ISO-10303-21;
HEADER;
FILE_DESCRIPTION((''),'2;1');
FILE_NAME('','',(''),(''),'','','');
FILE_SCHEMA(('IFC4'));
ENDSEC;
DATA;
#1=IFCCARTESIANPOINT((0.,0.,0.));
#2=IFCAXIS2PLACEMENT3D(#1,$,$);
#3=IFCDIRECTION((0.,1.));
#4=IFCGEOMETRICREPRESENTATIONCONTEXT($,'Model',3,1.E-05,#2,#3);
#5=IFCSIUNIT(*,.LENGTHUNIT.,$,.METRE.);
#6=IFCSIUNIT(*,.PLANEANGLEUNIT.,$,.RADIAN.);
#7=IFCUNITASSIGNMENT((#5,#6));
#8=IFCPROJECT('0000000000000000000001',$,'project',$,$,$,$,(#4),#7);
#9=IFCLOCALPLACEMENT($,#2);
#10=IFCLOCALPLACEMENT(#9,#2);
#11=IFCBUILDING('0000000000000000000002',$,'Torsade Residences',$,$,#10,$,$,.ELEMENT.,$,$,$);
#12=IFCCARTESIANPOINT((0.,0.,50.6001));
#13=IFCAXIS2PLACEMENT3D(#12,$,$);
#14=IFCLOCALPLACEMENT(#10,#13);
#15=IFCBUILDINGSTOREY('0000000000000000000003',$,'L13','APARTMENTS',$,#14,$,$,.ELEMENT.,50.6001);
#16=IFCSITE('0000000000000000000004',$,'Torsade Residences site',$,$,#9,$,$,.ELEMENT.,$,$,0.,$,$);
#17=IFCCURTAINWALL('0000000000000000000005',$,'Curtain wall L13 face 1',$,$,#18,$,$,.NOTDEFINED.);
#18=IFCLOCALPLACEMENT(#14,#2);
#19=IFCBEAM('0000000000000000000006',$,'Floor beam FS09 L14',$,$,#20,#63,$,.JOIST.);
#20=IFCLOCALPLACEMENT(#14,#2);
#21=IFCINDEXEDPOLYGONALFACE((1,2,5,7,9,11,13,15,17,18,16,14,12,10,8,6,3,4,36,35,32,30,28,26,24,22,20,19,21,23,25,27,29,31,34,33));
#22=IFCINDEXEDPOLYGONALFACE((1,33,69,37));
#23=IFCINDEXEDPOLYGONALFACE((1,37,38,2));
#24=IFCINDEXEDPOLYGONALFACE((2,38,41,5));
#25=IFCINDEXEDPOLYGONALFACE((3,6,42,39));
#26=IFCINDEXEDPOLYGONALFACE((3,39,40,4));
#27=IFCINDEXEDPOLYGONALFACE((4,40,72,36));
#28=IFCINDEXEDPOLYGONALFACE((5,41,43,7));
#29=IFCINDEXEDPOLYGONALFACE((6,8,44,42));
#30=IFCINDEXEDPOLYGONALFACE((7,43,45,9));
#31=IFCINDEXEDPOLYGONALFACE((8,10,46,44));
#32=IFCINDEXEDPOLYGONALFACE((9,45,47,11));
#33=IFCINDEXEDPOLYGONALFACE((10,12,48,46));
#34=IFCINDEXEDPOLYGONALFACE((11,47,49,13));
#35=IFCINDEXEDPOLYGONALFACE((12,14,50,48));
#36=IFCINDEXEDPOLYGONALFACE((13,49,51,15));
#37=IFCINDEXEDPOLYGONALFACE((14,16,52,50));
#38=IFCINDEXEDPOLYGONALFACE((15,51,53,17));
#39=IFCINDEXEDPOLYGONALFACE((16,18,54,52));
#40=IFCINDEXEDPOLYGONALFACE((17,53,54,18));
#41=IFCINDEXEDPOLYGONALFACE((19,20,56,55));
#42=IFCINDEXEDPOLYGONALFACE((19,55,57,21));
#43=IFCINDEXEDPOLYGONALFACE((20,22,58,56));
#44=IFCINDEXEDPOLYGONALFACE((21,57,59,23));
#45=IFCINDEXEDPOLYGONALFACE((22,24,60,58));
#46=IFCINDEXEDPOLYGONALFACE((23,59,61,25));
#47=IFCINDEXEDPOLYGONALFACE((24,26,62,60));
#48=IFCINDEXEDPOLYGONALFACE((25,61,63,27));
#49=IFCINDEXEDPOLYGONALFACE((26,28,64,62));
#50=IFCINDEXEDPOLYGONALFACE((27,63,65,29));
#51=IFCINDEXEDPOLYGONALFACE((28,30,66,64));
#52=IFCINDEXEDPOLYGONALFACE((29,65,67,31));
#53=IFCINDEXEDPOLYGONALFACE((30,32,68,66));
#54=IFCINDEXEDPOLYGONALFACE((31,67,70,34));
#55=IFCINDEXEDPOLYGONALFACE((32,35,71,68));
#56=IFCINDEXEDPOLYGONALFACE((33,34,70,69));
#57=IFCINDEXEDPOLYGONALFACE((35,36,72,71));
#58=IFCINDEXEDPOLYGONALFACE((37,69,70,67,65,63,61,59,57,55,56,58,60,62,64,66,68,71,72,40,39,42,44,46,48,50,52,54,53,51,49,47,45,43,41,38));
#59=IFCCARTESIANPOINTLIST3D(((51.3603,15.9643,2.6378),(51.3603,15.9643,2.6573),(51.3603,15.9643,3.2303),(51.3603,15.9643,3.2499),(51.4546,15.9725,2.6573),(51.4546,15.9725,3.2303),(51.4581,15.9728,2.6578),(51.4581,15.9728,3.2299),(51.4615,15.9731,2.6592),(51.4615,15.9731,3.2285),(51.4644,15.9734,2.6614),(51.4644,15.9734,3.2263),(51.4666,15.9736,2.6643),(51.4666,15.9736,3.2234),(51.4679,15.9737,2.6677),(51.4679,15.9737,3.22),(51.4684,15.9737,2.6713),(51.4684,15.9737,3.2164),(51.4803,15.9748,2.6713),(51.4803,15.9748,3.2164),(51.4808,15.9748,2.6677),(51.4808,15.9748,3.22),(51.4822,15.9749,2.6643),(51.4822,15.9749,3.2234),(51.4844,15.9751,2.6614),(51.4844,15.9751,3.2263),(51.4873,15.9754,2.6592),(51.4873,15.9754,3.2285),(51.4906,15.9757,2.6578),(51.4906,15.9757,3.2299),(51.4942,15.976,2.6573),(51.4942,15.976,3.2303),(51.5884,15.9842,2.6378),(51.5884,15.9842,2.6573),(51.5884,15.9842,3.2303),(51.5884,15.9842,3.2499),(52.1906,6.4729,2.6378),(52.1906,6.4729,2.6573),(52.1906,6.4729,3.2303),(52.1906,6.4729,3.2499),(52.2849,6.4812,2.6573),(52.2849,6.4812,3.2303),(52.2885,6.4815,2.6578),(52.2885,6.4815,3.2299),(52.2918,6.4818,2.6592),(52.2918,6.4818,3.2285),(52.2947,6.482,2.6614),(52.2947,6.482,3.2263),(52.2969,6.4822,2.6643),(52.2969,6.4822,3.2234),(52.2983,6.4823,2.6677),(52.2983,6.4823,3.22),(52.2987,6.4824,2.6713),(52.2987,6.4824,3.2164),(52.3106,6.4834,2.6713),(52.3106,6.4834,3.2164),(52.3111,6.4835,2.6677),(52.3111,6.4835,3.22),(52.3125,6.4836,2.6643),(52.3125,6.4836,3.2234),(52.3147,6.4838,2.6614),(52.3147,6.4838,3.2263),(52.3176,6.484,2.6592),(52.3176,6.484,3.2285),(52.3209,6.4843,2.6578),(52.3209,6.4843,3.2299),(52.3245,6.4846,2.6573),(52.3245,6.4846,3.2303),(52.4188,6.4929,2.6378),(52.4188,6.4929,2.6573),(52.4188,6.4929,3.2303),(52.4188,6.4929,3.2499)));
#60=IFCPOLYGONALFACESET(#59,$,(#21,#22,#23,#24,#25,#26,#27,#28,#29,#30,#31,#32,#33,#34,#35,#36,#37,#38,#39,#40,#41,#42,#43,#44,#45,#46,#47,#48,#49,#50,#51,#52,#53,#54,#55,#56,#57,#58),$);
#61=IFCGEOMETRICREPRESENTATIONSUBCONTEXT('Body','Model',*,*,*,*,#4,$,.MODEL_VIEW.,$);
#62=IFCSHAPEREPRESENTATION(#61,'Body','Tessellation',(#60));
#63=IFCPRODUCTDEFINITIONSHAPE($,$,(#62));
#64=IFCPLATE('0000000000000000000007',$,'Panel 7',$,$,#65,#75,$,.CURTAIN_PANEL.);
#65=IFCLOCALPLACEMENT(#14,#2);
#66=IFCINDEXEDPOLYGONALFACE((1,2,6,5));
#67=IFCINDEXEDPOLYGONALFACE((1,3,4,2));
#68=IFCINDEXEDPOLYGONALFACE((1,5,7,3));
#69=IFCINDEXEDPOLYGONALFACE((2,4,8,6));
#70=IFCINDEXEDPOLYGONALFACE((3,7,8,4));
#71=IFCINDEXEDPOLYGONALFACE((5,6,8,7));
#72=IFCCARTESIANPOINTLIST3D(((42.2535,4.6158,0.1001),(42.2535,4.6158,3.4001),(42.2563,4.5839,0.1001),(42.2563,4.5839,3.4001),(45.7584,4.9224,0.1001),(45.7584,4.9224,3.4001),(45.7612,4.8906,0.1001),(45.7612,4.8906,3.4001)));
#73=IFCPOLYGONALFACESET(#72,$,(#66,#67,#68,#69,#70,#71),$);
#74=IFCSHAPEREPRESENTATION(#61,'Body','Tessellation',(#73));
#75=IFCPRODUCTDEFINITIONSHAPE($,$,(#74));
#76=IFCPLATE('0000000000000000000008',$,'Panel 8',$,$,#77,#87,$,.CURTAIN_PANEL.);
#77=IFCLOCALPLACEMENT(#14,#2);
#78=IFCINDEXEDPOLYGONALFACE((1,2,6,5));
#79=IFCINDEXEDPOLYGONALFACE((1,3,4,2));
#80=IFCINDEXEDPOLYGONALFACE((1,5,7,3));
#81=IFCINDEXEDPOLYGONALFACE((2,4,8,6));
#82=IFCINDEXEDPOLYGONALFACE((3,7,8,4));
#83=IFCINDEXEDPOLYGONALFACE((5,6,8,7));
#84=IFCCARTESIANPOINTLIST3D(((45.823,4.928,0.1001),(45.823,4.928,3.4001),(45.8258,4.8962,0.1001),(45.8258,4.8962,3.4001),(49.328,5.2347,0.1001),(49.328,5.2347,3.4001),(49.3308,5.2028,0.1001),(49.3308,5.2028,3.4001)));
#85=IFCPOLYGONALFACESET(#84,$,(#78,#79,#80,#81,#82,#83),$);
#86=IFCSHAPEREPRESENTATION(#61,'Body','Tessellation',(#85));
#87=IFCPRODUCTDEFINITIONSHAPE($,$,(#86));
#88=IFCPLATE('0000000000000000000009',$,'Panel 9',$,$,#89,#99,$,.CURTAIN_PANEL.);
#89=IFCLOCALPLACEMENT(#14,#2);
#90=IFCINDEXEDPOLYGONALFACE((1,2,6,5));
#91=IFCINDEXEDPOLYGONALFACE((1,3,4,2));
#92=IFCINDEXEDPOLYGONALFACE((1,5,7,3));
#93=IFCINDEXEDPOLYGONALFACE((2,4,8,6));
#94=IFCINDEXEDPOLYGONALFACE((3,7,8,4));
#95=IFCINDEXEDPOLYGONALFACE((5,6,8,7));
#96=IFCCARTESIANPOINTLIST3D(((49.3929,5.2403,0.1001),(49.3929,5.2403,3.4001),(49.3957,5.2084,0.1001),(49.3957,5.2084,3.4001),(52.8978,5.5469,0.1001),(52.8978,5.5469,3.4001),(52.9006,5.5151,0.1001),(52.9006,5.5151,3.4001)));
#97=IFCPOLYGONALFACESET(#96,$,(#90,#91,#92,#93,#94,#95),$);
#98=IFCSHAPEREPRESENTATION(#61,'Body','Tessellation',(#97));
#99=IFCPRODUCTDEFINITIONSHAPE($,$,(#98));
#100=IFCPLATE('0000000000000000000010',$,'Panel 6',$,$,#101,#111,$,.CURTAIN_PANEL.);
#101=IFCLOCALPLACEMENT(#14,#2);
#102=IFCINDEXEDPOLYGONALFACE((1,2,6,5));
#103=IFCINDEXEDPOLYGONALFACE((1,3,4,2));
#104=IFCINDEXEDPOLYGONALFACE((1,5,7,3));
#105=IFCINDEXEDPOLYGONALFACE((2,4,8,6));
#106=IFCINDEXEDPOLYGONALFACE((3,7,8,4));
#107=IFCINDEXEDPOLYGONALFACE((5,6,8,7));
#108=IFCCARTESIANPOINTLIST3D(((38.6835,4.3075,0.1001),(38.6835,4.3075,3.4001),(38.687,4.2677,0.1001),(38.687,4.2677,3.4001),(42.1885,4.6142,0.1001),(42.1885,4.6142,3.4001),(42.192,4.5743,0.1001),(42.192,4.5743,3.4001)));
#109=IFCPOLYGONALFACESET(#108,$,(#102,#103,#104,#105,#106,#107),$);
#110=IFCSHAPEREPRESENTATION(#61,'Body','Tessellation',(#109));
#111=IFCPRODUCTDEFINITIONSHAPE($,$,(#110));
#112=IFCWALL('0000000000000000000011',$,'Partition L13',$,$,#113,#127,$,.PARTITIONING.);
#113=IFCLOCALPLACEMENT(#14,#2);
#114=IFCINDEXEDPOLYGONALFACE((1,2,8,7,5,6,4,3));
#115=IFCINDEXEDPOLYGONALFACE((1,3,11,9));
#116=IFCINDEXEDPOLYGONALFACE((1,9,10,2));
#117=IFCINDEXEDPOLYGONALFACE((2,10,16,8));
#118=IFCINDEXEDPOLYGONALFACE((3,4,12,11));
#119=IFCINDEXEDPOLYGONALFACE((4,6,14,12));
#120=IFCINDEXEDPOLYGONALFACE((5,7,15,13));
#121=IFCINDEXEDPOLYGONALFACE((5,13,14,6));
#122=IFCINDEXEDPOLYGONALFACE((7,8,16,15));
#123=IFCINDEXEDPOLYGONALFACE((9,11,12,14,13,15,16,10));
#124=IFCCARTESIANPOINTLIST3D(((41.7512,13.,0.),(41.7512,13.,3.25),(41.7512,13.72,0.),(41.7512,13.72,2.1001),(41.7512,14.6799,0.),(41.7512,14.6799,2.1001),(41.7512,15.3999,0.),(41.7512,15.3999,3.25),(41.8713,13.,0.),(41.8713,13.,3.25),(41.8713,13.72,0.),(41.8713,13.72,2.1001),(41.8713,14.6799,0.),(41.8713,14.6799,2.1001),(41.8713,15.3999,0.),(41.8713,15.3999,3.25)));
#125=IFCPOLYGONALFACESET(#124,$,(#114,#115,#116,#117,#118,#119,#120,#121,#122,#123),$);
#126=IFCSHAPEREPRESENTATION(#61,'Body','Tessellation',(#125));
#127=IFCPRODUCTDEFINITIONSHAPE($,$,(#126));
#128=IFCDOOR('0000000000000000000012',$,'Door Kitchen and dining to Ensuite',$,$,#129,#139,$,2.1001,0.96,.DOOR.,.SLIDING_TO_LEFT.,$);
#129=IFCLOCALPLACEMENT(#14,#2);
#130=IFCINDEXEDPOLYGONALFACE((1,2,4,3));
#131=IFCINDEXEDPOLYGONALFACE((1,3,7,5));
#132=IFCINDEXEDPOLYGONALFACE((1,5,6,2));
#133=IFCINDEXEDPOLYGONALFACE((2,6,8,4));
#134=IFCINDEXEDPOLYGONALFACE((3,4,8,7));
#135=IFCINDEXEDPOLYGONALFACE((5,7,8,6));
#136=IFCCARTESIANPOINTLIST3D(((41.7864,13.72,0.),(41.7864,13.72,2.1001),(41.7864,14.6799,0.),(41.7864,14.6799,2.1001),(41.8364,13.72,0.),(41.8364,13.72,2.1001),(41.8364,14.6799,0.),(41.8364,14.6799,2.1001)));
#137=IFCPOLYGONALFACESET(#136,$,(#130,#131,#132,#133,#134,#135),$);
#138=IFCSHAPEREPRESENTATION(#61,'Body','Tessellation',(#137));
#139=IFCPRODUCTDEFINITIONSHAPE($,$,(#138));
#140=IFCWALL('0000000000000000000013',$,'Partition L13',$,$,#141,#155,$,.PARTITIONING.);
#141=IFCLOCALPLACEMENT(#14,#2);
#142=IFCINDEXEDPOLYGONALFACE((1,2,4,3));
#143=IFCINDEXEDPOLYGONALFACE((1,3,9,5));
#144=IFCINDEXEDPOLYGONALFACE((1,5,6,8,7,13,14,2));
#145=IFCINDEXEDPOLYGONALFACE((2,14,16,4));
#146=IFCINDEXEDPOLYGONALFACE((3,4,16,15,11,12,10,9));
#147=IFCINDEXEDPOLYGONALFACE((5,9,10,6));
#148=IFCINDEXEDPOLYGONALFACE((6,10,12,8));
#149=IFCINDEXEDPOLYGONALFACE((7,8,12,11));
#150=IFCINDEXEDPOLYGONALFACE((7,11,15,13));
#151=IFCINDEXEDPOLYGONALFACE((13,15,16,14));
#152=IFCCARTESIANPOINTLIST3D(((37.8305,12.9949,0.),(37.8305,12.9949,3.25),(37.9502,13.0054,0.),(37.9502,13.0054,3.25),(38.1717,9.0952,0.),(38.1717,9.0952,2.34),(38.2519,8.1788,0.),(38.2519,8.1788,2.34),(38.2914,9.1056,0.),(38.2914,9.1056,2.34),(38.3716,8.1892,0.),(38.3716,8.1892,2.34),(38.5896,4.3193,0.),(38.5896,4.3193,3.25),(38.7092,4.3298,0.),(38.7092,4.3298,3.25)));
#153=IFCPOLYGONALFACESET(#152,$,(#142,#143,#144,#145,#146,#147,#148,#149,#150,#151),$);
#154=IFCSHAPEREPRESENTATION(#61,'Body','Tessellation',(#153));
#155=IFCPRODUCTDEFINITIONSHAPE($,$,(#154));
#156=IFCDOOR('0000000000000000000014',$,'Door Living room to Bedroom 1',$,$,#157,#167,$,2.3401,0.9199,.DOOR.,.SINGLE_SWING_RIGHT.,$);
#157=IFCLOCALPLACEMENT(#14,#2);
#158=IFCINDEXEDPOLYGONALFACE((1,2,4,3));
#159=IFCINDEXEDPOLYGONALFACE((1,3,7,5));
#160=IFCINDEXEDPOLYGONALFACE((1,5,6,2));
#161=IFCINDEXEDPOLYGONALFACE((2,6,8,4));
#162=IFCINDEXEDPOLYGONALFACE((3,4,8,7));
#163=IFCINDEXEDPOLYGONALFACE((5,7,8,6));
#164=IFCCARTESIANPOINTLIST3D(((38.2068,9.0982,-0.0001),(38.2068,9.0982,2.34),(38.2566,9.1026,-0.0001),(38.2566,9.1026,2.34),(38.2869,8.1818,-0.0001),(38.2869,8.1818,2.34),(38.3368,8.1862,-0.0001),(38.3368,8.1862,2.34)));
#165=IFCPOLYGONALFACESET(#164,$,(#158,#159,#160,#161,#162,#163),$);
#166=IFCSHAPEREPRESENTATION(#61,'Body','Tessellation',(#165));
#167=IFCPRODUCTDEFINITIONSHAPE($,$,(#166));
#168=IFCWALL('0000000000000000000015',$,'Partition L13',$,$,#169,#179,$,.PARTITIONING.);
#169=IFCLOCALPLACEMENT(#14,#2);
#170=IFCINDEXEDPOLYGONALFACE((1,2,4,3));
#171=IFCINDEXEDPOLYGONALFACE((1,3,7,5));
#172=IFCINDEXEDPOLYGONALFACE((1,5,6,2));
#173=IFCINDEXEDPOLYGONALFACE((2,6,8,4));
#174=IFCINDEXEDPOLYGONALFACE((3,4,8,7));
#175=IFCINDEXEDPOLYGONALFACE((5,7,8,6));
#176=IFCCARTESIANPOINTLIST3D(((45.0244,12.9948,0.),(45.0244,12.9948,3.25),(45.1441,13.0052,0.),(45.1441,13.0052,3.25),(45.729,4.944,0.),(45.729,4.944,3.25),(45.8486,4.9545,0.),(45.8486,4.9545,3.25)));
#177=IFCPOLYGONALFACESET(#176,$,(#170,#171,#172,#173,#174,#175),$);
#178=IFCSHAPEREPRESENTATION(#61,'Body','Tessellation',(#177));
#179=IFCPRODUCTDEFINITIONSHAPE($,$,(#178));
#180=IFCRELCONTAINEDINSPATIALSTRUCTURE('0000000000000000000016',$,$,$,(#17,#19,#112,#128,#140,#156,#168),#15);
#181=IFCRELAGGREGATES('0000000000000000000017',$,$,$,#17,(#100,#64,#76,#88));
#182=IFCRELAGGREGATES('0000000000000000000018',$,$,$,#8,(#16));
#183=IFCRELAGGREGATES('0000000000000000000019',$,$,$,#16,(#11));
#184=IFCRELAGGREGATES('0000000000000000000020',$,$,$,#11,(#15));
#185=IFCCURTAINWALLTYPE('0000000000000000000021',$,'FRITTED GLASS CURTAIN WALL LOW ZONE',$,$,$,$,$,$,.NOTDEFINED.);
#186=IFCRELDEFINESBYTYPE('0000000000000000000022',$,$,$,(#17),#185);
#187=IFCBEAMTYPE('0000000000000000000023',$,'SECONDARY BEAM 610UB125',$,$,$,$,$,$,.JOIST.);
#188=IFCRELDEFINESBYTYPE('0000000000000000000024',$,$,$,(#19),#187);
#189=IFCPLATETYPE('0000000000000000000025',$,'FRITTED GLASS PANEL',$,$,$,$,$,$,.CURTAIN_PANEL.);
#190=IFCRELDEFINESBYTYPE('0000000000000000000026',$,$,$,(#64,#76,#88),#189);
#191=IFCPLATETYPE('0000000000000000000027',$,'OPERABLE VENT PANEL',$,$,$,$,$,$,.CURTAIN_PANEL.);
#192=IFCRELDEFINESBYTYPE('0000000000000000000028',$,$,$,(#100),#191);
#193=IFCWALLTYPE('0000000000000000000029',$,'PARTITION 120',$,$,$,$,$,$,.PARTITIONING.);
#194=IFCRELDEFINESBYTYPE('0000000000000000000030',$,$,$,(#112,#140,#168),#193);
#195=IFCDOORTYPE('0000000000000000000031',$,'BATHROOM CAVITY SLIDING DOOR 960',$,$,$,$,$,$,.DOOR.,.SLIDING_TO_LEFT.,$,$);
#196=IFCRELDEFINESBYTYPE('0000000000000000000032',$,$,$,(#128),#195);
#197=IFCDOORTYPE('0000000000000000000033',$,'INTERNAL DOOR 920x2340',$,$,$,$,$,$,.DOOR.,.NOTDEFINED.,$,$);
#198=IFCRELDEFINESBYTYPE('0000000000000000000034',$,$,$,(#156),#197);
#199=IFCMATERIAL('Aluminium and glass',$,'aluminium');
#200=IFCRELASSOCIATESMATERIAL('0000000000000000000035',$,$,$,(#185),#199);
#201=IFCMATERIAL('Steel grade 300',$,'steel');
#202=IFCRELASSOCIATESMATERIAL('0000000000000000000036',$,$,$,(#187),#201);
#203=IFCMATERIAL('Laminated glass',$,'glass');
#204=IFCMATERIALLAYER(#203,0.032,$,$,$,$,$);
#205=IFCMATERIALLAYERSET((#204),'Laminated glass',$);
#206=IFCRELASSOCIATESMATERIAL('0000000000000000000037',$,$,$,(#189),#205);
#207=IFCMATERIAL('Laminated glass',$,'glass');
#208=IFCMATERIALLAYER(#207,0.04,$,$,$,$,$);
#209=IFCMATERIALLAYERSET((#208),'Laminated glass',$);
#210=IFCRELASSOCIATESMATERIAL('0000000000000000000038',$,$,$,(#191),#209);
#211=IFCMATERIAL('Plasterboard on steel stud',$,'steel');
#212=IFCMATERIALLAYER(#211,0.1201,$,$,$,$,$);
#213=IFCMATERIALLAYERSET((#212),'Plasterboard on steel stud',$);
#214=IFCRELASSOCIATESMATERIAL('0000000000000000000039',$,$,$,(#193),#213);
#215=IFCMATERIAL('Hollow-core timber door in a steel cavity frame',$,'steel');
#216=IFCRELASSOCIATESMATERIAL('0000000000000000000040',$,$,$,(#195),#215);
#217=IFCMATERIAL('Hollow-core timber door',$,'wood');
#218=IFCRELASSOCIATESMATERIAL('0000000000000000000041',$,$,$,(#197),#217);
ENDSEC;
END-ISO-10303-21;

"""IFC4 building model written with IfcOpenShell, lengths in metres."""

from ifc_helpers import new_model, si_unit, direction, frame, frame_2d, origin, origin_2d, place, context, subcontext, project, spatial, rectangle, i_section, extrude, material, layer, layer_set, material_profile, profile_set, type_object, element, fill, aggregate, save


model = new_model("IFC4")

# Units and contexts
model_context = context("Model", 3, precision=1e-05, world=origin(), true_north=direction((0.0, 1.0)))
body_context = subcontext(model_context, "Body", "Model", "MODEL_VIEW")
ifc_project = project(units=[si_unit("LENGTHUNIT", "METRE"), si_unit("PLANEANGLEUNIT", "RADIAN")], contexts=[model_context])

# Site, building, storey
site_placement = place(None, origin())
site = spatial("IfcSite", under=ifc_project, at=site_placement, Name="Torsade Residences site", CompositionType="ELEMENT", RefElevation=0.0)
building_placement = place(site_placement, origin())
building = spatial("IfcBuilding", under=site, at=building_placement, Name="Torsade Residences", CompositionType="ELEMENT")
storey_placement = place(building_placement, frame((0.0, 0.0, 50.6001)))
storey = spatial("IfcBuildingStorey", under=building, at=storey_placement, Name="L13", Description="APARTMENTS", CompositionType="ELEMENT", Elevation=50.6001)

# Curtain wall
ifc_material_1 = material(Name="Aluminium and glass", Category="aluminium")
curtain_wall_type = type_object("IfcCurtainWallType", Name="FRITTED GLASS CURTAIN WALL LOW ZONE", PredefinedType="NOTDEFINED", material=ifc_material_1)
curtain_wall_placement = place(storey_placement, origin())
curtain_wall = element("IfcCurtainWall", 1, at=curtain_wall_placement, inside=storey, type_object=curtain_wall_type, Name="Curtain wall L13 face 1", PredefinedType="NOTDEFINED")

# Beam
ifc_material_2 = material(Name="Steel grade 300", Category="steel")
ifc_material_profile_1 = material_profile(ifc_material_2, i_section(OverallWidth=0.229, OverallDepth=0.6121, WebThickness=0.012, FlangeThickness=0.0195, FilletRadius=0.0139, at=origin_2d()), Name="610UB125")
ifc_profile_set_1 = profile_set([ifc_material_profile_1], Name="Steel grade 300")
beam_type_1 = type_object("IfcBeamType", Name="SECONDARY BEAM 610UB125", PredefinedType="JOIST", material=ifc_profile_set_1)
beam_1_placement = place(storey_placement, frame((52.3047, 6.4829, 2.9438), z_axis=(-0.087148, 0.996195, 0.0), x_axis=(-0.996195, -0.087148, 0.0)))
element("IfcBeam", 2, at=beam_1_placement, inside=storey, type_object=beam_type_1, Name="Floor beam FS09 L14", PredefinedType="JOIST", context=body_context, shape_type="SweptSolid", body=[
    extrude(i_section(OverallWidth=0.229, OverallDepth=0.6121, WebThickness=0.012, FlangeThickness=0.0195, FilletRadius=0.0139, at=origin_2d()), origin(), (0.0, 0.0, 1.0), 9.5276),
])

# Plates
ifc_material_3 = material(Name="Laminated glass", Category="glass")
ifc_layer_1 = layer(ifc_material_3, 0.032)
ifc_layer_set_1 = layer_set([ifc_layer_1], Name="Laminated glass")
plate_type_1 = type_object("IfcPlateType", Name="FRITTED GLASS PANEL", PredefinedType="CURTAIN_PANEL", material=ifc_layer_set_1)
plate_1_placement = place(storey_placement, frame((44.0073, 4.7532, 0.1001), z_axis=(0.0, 0.0, 1.0), x_axis=(0.996195, 0.087156, 0.0)))
plate_1 = element("IfcPlate", 3, at=plate_1_placement, type_object=plate_type_1, Name="Panel 7", PredefinedType="CURTAIN_PANEL", context=body_context, shape_type="SweptSolid", body=[
    extrude(rectangle(XDim=3.5183, YDim=0.032, at=origin_2d()), origin(), (0.0, 0.0, 1.0), 3.3),
])
plate_2_placement = place(storey_placement, frame((47.5769, 5.0654, 0.1001), z_axis=(0.0, 0.0, 1.0), x_axis=(0.996195, 0.087156, 0.0)))
plate_2 = element("IfcPlate", 4, at=plate_2_placement, type_object=plate_type_1, Name="Panel 8", PredefinedType="CURTAIN_PANEL", context=body_context, shape_type="SweptSolid", body=[
    extrude(rectangle(XDim=3.5183, YDim=0.032, at=origin_2d()), origin(), (0.0, 0.0, 1.0), 3.3),
])
plate_3_placement = place(storey_placement, frame((51.1467, 5.3777, 0.1001), z_axis=(0.0, 0.0, 1.0), x_axis=(0.996195, 0.087156, 0.0)))
plate_3 = element("IfcPlate", 5, at=plate_3_placement, type_object=plate_type_1, Name="Panel 9", PredefinedType="CURTAIN_PANEL", context=body_context, shape_type="SweptSolid", body=[
    extrude(rectangle(XDim=3.5183, YDim=0.032, at=origin_2d()), origin(), (0.0, 0.0, 1.0), 3.3),
])
ifc_material_4 = material(Name="Laminated glass", Category="glass")
ifc_layer_2 = layer(ifc_material_4, 0.04)
ifc_layer_set_2 = layer_set([ifc_layer_2], Name="Laminated glass")
plate_type_2 = type_object("IfcPlateType", Name="OPERABLE VENT PANEL", PredefinedType="CURTAIN_PANEL", material=ifc_layer_set_2)
plate_4_placement = place(storey_placement, frame((40.4377, 4.4409, 0.1001), z_axis=(0.0, 0.0, 1.0), x_axis=(0.996195, 0.087156, 0.0)))
plate_4 = element("IfcPlate", 6, at=plate_4_placement, type_object=plate_type_2, Name="Panel 6", PredefinedType="CURTAIN_PANEL", context=body_context, shape_type="SweptSolid", body=[
    extrude(rectangle(XDim=3.5183, YDim=0.04, at=origin_2d()), origin(), (0.0, 0.0, 1.0), 3.3),
])
aggregate(curtain_wall, [plate_4, plate_1, plate_2, plate_3])

# Walls, openings, doors
ifc_material_5 = material(Name="Plasterboard on steel stud", Category="steel")
ifc_layer_3 = layer(ifc_material_5, 0.1201)
ifc_layer_set_3 = layer_set([ifc_layer_3], Name="Plasterboard on steel stud")
wall_type_1 = type_object("IfcWallType", Name="PARTITION 120", PredefinedType="PARTITIONING", material=ifc_layer_set_3)
wall_1_placement = place(storey_placement, frame((41.8113, 13.0, 0.0), z_axis=(0.0, 0.0, 1.0), x_axis=(0.0, 1.0, 0.0)))
wall_1 = element("IfcWall", 7, at=wall_1_placement, inside=storey, type_object=wall_type_1, Name="Partition L13", PredefinedType="PARTITIONING", context=body_context, shape_type="SweptSolid", body=[
    extrude(rectangle(XDim=2.3999, YDim=0.1201, at=frame_2d((1.2, 0.0))), origin(), (0.0, 0.0, 1.0), 3.25),
])
opening_1_placement = place(wall_1_placement, frame((0.72, 0.0, 0.0)))
opening_1 = element("IfcOpeningElement", 8, at=opening_1_placement, cuts=wall_1, PredefinedType="OPENING", context=body_context, shape_type="SweptSolid", body=[
    extrude(rectangle(XDim=0.96, YDim=2.1001, at=frame_2d((0.48, 1.05))), frame((0.0, 0.0701, 0.0), z_axis=(0.0, -1.0, 0.0), x_axis=(1.0, 0.0, 0.0)), (0.0, 0.0, 1.0), 0.1401),
])
ifc_material_6 = material(Name="Hollow-core timber door in a steel cavity frame", Category="steel")
door_type_1 = type_object("IfcDoorType", Name="BATHROOM CAVITY SLIDING DOOR 960", OperationType="SLIDING_TO_LEFT", PredefinedType="DOOR", material=ifc_material_6)
door_1_placement = place(opening_1_placement, origin())
door_1 = element("IfcDoor", 9, at=door_1_placement, inside=storey, type_object=door_type_1, Name="Door Kitchen and dining to Ensuite", OperationType="SLIDING_TO_LEFT", OverallHeight=2.1001, OverallWidth=0.96, PredefinedType="DOOR", context=body_context, shape_type="SweptSolid", body=[
    extrude(rectangle(XDim=0.96, YDim=2.1001, at=frame_2d((0.48, 1.05))), frame((0.0, 0.0249, 0.0), z_axis=(0.0, -1.0, 0.0), x_axis=(1.0, 0.0, 0.0)), (0.0, 0.0, 1.0), 0.05),
])
fill(opening_1, door_1)
wall_2_placement = place(storey_placement, frame((38.6494, 4.3245, 0.0), z_axis=(0.0, 0.0, 1.0), x_axis=(-0.087158, 0.996194, 0.0)))
wall_2 = element("IfcWall", 10, at=wall_2_placement, inside=storey, type_object=wall_type_1, Name="Partition L13", PredefinedType="PARTITIONING", context=body_context, shape_type="SweptSolid", body=[
    extrude(rectangle(XDim=8.7087, YDim=0.1201, at=frame_2d((4.3545, 0.0))), origin(), (0.0, 0.0, 1.0), 3.25),
])
opening_2_placement = place(wall_2_placement, frame((3.8743, 0.0, 0.0)))
opening_2 = element("IfcOpeningElement", 11, at=opening_2_placement, cuts=wall_2, PredefinedType="OPENING", context=body_context, shape_type="SweptSolid", body=[
    extrude(rectangle(XDim=0.9199, YDim=2.3401, at=frame_2d((0.46, 1.1699))), frame((0.0, 0.0701, 0.0), z_axis=(0.0, -1.0, 0.0), x_axis=(1.0, 0.0, 0.0)), (0.0, 0.0, 1.0), 0.1401),
])
ifc_material_7 = material(Name="Hollow-core timber door", Category="wood")
door_type_2 = type_object("IfcDoorType", Name="INTERNAL DOOR 920x2340", OperationType="NOTDEFINED", PredefinedType="DOOR", material=ifc_material_7)
door_2_placement = place(opening_2_placement, origin())
door_2 = element("IfcDoor", 12, at=door_2_placement, inside=storey, type_object=door_type_2, Name="Door Living room to Bedroom 1", OperationType="SINGLE_SWING_RIGHT", OverallHeight=2.3401, OverallWidth=0.9199, PredefinedType="DOOR", context=body_context, shape_type="SweptSolid", body=[
    extrude(rectangle(XDim=0.9199, YDim=2.3401, at=frame_2d((0.46, 1.1699))), frame((0.0, 0.0249, 0.0), z_axis=(0.0, -1.0, 0.0), x_axis=(1.0, 0.0, 0.0)), (0.0, 0.0, 1.0), 0.05),
])
fill(opening_2, door_2)

# Wall
wall_3_placement = place(storey_placement, frame((45.0842, 13.0, 0.0), z_axis=(0.0, 0.0, 1.0), x_axis=(0.087185, -0.996192, 0.0)))
element("IfcWall", 13, at=wall_3_placement, inside=storey, type_object=wall_type_1, Name="Partition L13", PredefinedType="PARTITIONING", context=body_context, shape_type="SweptSolid", body=[
    extrude(rectangle(XDim=8.0815, YDim=0.1201, at=frame_2d((4.0408, 0.0))), origin(), (0.0, 0.0, 1.0), 3.25),
])

save(model, "model.ifc")
